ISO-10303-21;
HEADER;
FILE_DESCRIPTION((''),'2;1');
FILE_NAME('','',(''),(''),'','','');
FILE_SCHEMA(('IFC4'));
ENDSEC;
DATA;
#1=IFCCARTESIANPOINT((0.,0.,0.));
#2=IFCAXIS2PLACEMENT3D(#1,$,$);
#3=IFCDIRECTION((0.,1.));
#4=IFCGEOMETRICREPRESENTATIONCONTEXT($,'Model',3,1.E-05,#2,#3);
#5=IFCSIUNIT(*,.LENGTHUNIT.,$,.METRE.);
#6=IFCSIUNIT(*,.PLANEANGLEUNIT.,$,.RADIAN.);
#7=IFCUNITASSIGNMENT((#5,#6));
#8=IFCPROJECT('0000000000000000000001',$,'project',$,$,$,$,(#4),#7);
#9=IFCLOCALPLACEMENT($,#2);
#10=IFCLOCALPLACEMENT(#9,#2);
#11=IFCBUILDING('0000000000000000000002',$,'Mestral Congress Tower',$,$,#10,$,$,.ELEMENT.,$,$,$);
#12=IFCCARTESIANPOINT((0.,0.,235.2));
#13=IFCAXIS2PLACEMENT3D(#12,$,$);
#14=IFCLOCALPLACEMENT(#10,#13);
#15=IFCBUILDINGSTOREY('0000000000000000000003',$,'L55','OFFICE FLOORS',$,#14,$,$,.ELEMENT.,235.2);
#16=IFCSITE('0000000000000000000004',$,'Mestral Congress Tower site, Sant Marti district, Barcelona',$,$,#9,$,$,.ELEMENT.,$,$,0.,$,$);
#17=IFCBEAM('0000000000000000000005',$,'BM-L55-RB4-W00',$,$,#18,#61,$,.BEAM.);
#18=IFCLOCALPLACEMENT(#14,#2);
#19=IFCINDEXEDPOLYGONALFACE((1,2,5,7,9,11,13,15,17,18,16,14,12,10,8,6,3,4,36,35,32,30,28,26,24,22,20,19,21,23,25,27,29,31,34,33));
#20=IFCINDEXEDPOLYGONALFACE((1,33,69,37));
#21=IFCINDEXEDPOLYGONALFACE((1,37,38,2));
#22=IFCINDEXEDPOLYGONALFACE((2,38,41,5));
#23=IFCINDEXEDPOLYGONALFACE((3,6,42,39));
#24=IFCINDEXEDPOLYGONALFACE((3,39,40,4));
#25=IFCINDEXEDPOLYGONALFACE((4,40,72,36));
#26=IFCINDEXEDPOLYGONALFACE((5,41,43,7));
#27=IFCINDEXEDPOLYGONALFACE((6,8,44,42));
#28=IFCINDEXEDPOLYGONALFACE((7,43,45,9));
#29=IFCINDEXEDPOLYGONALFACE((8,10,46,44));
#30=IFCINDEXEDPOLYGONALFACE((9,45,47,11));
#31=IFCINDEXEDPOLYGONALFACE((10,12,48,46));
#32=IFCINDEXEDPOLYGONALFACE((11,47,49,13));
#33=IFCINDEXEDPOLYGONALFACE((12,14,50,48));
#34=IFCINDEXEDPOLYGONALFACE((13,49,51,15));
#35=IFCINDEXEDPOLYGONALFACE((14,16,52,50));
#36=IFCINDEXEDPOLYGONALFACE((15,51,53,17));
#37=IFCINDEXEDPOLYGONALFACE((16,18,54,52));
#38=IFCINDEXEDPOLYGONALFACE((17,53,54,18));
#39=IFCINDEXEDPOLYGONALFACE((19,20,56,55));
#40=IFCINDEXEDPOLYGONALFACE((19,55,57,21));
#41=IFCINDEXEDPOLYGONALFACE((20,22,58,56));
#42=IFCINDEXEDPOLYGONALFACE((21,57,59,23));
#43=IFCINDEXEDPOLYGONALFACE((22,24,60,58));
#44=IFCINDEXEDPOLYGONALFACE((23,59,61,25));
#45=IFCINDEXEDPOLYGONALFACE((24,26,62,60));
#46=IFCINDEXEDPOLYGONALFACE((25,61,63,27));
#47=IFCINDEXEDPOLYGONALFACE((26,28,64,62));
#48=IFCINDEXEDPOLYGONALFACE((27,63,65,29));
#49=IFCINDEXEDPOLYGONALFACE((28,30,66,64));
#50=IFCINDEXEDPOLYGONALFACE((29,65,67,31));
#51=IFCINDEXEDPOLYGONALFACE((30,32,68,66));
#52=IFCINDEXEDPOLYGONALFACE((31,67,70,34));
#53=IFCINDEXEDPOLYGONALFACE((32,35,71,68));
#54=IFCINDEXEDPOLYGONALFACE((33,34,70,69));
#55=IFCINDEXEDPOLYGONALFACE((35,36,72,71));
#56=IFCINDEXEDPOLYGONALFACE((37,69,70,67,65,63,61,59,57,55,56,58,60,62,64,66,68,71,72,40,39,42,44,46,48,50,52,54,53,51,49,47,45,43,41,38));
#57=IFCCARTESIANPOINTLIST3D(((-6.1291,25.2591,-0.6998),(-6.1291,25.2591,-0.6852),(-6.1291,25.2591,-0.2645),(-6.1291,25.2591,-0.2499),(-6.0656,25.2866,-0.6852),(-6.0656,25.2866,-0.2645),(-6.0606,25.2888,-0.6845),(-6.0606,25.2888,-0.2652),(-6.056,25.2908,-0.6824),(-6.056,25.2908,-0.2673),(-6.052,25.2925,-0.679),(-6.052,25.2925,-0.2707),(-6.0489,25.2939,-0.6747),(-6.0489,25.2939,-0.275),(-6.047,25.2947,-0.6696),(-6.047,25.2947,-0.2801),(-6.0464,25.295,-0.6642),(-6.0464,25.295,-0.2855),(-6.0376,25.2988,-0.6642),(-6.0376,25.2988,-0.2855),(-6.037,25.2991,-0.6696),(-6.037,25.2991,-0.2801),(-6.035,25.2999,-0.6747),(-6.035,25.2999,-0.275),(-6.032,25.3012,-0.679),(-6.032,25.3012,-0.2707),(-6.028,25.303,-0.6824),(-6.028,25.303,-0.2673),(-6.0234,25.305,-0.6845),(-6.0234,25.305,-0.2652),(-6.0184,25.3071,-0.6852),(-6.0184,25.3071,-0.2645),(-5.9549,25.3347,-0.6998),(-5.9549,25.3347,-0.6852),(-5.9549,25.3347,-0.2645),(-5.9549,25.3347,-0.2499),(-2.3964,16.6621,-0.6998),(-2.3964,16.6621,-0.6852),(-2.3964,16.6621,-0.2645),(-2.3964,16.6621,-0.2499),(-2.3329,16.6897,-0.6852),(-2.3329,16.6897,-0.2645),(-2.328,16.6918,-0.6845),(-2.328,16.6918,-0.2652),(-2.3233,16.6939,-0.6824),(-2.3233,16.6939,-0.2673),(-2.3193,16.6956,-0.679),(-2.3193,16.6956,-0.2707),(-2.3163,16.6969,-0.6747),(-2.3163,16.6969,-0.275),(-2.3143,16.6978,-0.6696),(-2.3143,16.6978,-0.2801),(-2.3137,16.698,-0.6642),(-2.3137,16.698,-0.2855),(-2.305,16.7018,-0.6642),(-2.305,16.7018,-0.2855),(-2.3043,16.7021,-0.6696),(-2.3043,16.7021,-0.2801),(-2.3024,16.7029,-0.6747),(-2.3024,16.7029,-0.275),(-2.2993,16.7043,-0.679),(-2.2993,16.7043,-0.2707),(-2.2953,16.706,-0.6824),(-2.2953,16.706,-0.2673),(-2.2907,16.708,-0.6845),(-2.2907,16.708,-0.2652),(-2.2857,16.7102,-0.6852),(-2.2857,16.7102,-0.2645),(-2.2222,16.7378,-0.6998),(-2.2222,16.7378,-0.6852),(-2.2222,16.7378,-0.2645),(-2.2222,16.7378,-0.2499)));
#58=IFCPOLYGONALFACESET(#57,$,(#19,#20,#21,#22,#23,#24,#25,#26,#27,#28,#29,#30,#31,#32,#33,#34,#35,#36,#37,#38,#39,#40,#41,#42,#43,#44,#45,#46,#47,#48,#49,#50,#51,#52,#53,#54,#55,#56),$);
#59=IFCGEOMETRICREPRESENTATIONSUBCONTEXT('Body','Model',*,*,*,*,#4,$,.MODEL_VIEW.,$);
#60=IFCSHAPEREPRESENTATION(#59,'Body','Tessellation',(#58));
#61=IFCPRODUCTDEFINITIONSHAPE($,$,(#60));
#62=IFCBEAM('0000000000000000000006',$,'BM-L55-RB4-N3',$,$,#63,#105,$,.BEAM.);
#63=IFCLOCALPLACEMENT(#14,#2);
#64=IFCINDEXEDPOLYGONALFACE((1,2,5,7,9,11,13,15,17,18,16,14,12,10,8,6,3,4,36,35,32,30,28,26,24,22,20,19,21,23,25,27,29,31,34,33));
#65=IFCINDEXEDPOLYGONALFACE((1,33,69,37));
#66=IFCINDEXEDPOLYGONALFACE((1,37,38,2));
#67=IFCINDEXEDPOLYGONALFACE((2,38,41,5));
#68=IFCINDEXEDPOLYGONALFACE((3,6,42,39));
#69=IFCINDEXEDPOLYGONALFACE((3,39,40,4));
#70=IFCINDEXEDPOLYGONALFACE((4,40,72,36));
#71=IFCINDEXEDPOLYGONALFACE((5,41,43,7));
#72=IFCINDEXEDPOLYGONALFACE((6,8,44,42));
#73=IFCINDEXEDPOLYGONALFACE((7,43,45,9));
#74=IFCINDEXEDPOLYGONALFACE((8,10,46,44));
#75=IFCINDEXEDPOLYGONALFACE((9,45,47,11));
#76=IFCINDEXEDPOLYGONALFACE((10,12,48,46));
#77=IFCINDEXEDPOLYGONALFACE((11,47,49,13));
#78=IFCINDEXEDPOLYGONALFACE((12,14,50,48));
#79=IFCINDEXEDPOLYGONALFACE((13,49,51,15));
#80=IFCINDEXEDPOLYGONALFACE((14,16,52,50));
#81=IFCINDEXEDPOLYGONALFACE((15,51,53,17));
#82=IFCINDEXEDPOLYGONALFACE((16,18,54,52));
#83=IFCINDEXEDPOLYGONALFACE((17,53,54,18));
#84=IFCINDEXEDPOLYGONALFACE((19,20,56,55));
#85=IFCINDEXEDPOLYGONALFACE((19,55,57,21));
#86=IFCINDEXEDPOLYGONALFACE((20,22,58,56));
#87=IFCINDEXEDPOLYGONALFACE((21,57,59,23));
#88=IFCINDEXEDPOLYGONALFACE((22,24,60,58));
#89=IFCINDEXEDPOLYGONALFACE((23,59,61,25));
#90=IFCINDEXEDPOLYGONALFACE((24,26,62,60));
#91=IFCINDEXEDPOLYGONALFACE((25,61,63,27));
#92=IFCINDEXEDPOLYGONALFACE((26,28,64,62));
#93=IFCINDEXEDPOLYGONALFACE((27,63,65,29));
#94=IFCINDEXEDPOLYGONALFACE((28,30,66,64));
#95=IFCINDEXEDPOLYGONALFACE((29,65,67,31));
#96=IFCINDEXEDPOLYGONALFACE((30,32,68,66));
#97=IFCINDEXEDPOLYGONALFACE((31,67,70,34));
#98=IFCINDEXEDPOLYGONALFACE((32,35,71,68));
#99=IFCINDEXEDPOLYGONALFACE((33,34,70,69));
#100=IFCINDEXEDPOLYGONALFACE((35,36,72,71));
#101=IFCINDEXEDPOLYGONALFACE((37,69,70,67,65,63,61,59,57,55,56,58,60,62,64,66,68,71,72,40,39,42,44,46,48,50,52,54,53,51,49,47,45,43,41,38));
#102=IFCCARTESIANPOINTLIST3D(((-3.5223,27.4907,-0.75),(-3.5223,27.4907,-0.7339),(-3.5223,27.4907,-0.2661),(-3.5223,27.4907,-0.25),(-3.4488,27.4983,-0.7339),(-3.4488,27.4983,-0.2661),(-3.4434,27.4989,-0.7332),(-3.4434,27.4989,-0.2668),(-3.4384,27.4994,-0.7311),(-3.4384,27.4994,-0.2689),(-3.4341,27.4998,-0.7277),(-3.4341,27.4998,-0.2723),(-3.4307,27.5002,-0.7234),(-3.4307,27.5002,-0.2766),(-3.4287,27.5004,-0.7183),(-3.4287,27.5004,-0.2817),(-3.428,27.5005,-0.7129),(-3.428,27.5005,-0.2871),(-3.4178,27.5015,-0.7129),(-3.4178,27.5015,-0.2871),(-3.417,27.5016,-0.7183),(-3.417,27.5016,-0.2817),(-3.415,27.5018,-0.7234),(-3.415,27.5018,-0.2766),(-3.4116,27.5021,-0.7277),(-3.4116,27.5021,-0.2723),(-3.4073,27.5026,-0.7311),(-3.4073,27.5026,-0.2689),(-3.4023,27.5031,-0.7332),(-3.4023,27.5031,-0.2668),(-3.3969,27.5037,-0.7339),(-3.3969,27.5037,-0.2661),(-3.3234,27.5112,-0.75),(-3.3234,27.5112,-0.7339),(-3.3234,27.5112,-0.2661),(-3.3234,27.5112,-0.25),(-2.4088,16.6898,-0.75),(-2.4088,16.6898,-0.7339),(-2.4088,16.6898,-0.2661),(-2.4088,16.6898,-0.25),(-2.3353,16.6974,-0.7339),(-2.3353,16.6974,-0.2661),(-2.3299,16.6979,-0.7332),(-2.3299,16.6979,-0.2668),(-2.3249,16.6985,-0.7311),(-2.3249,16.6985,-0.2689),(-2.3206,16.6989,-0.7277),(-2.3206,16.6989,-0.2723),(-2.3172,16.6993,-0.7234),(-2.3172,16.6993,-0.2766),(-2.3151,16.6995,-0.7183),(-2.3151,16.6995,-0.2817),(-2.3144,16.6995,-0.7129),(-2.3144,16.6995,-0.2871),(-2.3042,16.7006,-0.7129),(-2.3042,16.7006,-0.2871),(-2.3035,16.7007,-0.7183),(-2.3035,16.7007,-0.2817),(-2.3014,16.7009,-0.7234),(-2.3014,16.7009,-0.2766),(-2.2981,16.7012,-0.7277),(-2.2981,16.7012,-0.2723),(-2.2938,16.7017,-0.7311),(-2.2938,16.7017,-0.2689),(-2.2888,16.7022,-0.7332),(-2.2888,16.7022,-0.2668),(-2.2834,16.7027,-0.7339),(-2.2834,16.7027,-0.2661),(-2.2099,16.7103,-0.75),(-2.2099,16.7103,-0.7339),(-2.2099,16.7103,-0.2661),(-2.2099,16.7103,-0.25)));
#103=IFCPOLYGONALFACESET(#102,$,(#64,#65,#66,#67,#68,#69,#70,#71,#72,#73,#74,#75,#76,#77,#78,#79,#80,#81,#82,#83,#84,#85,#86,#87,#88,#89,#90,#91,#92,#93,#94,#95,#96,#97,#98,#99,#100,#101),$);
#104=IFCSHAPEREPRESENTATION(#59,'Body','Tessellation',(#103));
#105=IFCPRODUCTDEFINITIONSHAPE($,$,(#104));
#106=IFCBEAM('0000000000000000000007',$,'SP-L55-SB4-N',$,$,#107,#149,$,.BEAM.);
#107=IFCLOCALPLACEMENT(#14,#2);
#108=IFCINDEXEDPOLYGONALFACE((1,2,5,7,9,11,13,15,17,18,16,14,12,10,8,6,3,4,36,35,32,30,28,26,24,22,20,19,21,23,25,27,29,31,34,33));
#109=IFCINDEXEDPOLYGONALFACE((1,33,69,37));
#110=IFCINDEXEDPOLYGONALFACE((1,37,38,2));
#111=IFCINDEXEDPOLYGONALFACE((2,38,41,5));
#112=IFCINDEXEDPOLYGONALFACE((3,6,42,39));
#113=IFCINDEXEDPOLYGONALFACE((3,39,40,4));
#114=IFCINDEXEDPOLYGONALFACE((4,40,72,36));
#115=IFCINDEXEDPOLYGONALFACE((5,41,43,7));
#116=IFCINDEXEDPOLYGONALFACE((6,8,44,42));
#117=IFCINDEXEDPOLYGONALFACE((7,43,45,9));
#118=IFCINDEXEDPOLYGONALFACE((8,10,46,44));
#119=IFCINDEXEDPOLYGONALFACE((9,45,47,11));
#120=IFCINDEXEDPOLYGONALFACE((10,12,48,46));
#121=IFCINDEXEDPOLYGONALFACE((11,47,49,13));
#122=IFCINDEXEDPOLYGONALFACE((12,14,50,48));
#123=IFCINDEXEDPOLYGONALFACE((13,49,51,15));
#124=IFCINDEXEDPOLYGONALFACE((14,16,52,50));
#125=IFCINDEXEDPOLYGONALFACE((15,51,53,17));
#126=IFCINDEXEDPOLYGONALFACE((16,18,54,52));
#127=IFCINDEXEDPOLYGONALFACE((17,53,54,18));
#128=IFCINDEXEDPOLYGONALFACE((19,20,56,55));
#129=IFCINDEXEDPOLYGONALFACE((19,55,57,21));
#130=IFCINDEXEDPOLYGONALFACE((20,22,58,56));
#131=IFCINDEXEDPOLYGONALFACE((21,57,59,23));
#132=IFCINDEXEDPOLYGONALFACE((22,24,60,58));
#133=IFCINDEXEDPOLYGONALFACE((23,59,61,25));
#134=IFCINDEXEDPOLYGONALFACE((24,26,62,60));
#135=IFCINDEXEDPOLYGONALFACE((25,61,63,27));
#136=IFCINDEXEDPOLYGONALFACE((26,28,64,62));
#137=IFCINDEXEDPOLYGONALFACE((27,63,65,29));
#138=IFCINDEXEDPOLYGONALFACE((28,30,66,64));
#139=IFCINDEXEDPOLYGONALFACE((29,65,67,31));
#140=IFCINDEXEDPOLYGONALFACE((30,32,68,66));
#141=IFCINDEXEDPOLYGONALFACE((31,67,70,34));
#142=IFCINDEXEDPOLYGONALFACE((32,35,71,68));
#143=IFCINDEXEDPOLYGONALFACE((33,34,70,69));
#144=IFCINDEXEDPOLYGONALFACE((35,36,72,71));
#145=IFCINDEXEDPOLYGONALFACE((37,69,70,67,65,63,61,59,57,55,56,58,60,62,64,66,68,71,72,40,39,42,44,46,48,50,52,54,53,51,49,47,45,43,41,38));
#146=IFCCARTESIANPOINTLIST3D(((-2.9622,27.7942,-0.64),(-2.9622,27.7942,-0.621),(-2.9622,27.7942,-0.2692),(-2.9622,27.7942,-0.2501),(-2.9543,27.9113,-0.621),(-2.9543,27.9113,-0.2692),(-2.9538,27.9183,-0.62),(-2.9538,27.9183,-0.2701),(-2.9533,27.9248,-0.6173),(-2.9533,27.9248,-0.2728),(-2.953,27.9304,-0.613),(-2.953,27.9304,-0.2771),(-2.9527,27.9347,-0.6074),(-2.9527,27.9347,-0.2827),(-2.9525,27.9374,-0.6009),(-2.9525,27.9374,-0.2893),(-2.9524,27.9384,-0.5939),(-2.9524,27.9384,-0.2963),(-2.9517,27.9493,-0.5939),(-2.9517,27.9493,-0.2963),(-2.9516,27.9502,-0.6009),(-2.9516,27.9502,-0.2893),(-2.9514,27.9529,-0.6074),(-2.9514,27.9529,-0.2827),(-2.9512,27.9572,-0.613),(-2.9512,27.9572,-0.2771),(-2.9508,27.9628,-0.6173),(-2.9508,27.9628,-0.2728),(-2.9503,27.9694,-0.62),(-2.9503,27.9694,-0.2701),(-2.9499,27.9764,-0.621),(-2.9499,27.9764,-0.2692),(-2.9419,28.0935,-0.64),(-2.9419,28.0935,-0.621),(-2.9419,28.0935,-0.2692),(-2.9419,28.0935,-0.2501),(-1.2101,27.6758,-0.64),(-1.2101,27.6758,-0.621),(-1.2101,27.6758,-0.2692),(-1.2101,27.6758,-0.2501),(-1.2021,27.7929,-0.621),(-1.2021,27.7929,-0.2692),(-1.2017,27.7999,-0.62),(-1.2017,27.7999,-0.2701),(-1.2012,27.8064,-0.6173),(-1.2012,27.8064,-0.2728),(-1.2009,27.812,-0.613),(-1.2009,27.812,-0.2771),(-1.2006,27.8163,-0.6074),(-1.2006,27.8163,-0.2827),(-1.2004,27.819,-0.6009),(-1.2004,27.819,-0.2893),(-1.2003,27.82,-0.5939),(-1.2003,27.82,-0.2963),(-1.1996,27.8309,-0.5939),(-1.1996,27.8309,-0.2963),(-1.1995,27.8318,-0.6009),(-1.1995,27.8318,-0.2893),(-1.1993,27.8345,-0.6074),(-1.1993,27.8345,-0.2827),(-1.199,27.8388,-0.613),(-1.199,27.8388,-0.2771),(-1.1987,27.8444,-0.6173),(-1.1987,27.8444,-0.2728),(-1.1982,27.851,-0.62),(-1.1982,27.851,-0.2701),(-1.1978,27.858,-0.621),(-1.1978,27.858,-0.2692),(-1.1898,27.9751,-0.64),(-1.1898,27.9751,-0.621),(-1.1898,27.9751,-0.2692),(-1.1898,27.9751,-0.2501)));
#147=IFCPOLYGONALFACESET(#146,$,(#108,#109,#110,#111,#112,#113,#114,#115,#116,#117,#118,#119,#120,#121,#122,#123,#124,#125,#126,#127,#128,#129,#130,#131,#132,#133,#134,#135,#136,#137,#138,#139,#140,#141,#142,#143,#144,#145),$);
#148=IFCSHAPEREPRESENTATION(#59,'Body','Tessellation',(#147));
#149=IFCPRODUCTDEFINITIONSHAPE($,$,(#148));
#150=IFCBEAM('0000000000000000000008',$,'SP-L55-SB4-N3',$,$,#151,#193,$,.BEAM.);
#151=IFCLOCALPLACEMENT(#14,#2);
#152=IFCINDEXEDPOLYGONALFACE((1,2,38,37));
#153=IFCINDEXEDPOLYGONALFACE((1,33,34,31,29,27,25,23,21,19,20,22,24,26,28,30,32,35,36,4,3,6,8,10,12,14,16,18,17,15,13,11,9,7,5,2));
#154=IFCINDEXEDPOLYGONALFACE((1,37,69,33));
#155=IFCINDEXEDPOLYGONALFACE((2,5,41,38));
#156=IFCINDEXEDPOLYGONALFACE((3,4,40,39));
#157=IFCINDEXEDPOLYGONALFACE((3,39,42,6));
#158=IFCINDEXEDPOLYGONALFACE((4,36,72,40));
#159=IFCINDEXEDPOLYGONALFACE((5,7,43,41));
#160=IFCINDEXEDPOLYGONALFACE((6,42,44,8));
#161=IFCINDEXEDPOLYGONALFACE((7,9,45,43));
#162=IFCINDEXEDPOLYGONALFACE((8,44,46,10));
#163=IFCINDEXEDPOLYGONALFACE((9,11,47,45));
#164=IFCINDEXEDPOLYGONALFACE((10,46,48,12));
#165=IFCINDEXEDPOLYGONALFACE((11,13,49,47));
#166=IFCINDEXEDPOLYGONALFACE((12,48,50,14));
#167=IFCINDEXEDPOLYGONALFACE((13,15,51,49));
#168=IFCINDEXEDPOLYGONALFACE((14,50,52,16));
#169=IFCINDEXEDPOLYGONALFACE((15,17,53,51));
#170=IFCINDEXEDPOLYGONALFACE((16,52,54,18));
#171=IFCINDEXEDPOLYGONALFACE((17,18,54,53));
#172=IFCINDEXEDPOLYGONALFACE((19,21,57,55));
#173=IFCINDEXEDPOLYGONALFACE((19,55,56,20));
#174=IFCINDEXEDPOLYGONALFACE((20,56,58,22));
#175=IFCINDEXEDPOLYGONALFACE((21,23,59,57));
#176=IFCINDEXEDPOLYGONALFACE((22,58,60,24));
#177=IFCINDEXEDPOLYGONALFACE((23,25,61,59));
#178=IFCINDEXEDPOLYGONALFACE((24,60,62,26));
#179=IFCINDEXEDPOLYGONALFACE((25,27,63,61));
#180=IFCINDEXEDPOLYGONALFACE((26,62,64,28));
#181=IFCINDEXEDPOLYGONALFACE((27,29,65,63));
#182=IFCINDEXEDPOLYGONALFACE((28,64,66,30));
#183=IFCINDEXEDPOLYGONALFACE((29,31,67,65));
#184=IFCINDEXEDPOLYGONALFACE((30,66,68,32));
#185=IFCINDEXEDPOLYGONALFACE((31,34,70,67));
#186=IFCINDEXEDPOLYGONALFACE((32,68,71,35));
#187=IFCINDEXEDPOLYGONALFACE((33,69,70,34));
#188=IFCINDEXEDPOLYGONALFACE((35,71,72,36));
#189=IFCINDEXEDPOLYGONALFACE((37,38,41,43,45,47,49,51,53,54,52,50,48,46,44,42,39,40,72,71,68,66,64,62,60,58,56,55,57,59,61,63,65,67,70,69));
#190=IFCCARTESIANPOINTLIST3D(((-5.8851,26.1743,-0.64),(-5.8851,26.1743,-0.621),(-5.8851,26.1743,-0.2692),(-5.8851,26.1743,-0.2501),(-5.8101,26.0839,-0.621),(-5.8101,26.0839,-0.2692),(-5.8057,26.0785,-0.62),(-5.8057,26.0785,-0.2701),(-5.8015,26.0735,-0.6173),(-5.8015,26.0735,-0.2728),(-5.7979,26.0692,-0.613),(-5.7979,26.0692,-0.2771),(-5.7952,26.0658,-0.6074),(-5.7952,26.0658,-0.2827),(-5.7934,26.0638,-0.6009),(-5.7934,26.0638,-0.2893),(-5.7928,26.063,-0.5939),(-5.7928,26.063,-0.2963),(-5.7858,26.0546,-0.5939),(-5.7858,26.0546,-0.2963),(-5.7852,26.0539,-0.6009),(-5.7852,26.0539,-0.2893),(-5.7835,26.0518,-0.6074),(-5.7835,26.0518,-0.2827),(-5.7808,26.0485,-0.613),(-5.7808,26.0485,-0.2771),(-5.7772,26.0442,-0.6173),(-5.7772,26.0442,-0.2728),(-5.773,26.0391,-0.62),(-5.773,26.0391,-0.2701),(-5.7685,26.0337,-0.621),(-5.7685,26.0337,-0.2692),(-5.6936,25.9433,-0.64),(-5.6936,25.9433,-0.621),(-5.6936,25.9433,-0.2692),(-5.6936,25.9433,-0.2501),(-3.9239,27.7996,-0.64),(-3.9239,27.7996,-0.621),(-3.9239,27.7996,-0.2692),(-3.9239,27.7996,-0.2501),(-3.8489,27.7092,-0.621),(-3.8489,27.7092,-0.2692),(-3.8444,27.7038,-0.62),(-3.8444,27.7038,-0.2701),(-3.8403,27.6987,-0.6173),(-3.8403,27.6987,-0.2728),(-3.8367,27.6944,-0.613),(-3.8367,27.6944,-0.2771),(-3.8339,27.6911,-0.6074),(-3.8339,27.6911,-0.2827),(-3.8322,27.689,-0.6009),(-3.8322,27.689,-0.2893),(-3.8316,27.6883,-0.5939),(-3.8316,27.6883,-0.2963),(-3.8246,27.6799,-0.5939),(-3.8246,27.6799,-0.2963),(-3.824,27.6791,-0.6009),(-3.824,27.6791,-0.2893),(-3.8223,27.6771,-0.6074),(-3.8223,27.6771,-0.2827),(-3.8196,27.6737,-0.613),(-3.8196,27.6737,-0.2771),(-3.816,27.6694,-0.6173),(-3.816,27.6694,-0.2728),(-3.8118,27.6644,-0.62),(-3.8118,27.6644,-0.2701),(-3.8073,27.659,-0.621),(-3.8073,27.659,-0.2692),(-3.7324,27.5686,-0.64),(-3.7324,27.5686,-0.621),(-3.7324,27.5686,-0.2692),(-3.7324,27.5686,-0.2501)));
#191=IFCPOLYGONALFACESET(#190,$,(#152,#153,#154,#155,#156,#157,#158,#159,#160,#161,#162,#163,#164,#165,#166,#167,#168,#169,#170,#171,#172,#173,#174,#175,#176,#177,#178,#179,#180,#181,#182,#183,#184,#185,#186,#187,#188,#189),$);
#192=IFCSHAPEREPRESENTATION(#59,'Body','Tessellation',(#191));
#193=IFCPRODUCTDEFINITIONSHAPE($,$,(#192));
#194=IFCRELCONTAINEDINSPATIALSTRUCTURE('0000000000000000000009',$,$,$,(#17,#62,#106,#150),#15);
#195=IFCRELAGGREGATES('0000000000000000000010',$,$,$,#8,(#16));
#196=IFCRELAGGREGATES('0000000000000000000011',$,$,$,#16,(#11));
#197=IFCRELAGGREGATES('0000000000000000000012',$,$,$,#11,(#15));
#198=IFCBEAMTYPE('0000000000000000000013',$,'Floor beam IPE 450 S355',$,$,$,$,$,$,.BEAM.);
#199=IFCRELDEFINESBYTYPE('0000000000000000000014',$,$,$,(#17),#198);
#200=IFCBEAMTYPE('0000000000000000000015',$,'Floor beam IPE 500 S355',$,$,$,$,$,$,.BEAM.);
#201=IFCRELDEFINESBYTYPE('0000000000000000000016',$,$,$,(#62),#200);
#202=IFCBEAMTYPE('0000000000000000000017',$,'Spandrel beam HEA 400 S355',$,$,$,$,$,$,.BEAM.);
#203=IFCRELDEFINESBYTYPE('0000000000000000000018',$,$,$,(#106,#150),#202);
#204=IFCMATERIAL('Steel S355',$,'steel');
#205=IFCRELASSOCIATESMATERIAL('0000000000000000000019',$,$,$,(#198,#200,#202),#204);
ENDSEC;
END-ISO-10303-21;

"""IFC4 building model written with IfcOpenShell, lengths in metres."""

from ifc_helpers import new_model, si_unit, direction, frame, origin, origin_2d, place, context, subcontext, project, spatial, i_section, extrude, material, material_profile, profile_set, type_object, element, save


model = new_model("IFC4")

# Units and contexts
model_context = context("Model", 3, precision=1e-05, world=origin(), true_north=direction((0.0, 1.0)))
body_context = subcontext(model_context, "Body", "Model", "MODEL_VIEW")
ifc_project = project(units=[si_unit("LENGTHUNIT", "METRE"), si_unit("PLANEANGLEUNIT", "RADIAN")], contexts=[model_context])

# Site, building, storey
site_placement = place(None, origin())
site = spatial("IfcSite", under=ifc_project, at=site_placement, Name="Mestral Congress Tower site, Sant Marti district, Barcelona", CompositionType="ELEMENT", RefElevation=0.0)
building_placement = place(site_placement, origin())
building = spatial("IfcBuilding", under=site, at=building_placement, Name="Mestral Congress Tower", CompositionType="ELEMENT")
storey_placement = place(building_placement, frame((0.0, 0.0, 235.2)))
storey = spatial("IfcBuildingStorey", under=building, at=storey_placement, Name="L55", Description="OFFICE FLOORS", CompositionType="ELEMENT", Elevation=235.2)

# Beams
ifc_material_1 = material(Name="Steel S355", Category="steel")
ifc_material_profile_1 = material_profile(ifc_material_1, i_section(OverallWidth=0.1899, OverallDepth=0.45, WebThickness=0.0095, FlangeThickness=0.0146, FilletRadius=0.021, at=origin_2d()), Name="IPE 450")
ifc_profile_set_1 = profile_set([ifc_material_profile_1], Name="Steel S355")
beam_type_1 = type_object("IfcBeamType", Name="Floor beam IPE 450 S355", PredefinedType="BEAM", material=ifc_profile_set_1)
beam_1_placement = place(storey_placement, frame((-6.042, 25.2969, -0.4749), z_axis=(0.398266, -0.91727, 0.0), x_axis=(0.91727, 0.398266, 0.0)))
element("IfcBeam", 1, at=beam_1_placement, inside=storey, type_object=beam_type_1, Name="BM-L55-RB4-W00", PredefinedType="BEAM", context=body_context, shape_type="SweptSolid", body=[
    extrude(i_section(OverallWidth=0.1899, OverallDepth=0.45, WebThickness=0.0095, FlangeThickness=0.0146, FilletRadius=0.021, at=origin_2d()), origin(), (0.0, 0.0, 1.0), 9.3723),
])
ifc_material_profile_2 = material_profile(ifc_material_1, i_section(OverallWidth=0.2, OverallDepth=0.5, WebThickness=0.0103, FlangeThickness=0.0161, FilletRadius=0.021, at=origin_2d()), Name="IPE 500")
ifc_profile_set_2 = profile_set([ifc_material_profile_2], Name="Steel S355")
beam_type_2 = type_object("IfcBeamType", Name="Floor beam IPE 500 S355", PredefinedType="BEAM", material=ifc_profile_set_2)
beam_2_placement = place(storey_placement, frame((-3.4229, 27.501, -0.5), z_axis=(0.102551, -0.994728, 0.0), x_axis=(0.994728, 0.102551, 0.0)))
element("IfcBeam", 2, at=beam_2_placement, inside=storey, type_object=beam_type_2, Name="BM-L55-RB4-N3", PredefinedType="BEAM", context=body_context, shape_type="SweptSolid", body=[
    extrude(i_section(OverallWidth=0.2, OverallDepth=0.5, WebThickness=0.0103, FlangeThickness=0.0161, FilletRadius=0.021, at=origin_2d()), origin(), (0.0, 0.0, 1.0), 10.8582),
])
ifc_material_profile_3 = material_profile(ifc_material_1, i_section(OverallWidth=0.3, OverallDepth=0.3899, WebThickness=0.011, FlangeThickness=0.019, FilletRadius=0.0271, at=origin_2d()), Name="HEA 400")
ifc_profile_set_3 = profile_set([ifc_material_profile_3], Name="Steel S355")
beam_type_3 = type_object("IfcBeamType", Name="Spandrel beam HEA 400 S355", PredefinedType="BEAM", material=ifc_profile_set_3)
beam_3_placement = place(storey_placement, frame((-1.2, 27.8254, -0.4451), z_axis=(-0.997724, 0.067423, 0.0), x_axis=(-0.067423, -0.997724, 0.0)))
element("IfcBeam", 3, at=beam_3_placement, inside=storey, type_object=beam_type_3, Name="SP-L55-SB4-N", PredefinedType="BEAM", context=body_context, shape_type="SweptSolid", body=[
    extrude(i_section(OverallWidth=0.3, OverallDepth=0.3899, WebThickness=0.011, FlangeThickness=0.019, FilletRadius=0.0271, at=origin_2d()), origin(), (0.0, 0.0, 1.0), 1.7561),
])
beam_4_placement = place(storey_placement, frame((-3.8281, 27.6841, -0.4451), z_axis=(-0.76997, -0.63808, 0.0), x_axis=(0.63808, -0.76997, 0.0)))
element("IfcBeam", 4, at=beam_4_placement, inside=storey, type_object=beam_type_3, Name="SP-L55-SB4-N3", PredefinedType="BEAM", context=body_context, shape_type="SweptSolid", body=[
    extrude(i_section(OverallWidth=0.3, OverallDepth=0.3899, WebThickness=0.011, FlangeThickness=0.019, FilletRadius=0.0271, at=origin_2d()), origin(), (0.0, 0.0, 1.0), 2.5471),
])

save(model, "model.ifc")
